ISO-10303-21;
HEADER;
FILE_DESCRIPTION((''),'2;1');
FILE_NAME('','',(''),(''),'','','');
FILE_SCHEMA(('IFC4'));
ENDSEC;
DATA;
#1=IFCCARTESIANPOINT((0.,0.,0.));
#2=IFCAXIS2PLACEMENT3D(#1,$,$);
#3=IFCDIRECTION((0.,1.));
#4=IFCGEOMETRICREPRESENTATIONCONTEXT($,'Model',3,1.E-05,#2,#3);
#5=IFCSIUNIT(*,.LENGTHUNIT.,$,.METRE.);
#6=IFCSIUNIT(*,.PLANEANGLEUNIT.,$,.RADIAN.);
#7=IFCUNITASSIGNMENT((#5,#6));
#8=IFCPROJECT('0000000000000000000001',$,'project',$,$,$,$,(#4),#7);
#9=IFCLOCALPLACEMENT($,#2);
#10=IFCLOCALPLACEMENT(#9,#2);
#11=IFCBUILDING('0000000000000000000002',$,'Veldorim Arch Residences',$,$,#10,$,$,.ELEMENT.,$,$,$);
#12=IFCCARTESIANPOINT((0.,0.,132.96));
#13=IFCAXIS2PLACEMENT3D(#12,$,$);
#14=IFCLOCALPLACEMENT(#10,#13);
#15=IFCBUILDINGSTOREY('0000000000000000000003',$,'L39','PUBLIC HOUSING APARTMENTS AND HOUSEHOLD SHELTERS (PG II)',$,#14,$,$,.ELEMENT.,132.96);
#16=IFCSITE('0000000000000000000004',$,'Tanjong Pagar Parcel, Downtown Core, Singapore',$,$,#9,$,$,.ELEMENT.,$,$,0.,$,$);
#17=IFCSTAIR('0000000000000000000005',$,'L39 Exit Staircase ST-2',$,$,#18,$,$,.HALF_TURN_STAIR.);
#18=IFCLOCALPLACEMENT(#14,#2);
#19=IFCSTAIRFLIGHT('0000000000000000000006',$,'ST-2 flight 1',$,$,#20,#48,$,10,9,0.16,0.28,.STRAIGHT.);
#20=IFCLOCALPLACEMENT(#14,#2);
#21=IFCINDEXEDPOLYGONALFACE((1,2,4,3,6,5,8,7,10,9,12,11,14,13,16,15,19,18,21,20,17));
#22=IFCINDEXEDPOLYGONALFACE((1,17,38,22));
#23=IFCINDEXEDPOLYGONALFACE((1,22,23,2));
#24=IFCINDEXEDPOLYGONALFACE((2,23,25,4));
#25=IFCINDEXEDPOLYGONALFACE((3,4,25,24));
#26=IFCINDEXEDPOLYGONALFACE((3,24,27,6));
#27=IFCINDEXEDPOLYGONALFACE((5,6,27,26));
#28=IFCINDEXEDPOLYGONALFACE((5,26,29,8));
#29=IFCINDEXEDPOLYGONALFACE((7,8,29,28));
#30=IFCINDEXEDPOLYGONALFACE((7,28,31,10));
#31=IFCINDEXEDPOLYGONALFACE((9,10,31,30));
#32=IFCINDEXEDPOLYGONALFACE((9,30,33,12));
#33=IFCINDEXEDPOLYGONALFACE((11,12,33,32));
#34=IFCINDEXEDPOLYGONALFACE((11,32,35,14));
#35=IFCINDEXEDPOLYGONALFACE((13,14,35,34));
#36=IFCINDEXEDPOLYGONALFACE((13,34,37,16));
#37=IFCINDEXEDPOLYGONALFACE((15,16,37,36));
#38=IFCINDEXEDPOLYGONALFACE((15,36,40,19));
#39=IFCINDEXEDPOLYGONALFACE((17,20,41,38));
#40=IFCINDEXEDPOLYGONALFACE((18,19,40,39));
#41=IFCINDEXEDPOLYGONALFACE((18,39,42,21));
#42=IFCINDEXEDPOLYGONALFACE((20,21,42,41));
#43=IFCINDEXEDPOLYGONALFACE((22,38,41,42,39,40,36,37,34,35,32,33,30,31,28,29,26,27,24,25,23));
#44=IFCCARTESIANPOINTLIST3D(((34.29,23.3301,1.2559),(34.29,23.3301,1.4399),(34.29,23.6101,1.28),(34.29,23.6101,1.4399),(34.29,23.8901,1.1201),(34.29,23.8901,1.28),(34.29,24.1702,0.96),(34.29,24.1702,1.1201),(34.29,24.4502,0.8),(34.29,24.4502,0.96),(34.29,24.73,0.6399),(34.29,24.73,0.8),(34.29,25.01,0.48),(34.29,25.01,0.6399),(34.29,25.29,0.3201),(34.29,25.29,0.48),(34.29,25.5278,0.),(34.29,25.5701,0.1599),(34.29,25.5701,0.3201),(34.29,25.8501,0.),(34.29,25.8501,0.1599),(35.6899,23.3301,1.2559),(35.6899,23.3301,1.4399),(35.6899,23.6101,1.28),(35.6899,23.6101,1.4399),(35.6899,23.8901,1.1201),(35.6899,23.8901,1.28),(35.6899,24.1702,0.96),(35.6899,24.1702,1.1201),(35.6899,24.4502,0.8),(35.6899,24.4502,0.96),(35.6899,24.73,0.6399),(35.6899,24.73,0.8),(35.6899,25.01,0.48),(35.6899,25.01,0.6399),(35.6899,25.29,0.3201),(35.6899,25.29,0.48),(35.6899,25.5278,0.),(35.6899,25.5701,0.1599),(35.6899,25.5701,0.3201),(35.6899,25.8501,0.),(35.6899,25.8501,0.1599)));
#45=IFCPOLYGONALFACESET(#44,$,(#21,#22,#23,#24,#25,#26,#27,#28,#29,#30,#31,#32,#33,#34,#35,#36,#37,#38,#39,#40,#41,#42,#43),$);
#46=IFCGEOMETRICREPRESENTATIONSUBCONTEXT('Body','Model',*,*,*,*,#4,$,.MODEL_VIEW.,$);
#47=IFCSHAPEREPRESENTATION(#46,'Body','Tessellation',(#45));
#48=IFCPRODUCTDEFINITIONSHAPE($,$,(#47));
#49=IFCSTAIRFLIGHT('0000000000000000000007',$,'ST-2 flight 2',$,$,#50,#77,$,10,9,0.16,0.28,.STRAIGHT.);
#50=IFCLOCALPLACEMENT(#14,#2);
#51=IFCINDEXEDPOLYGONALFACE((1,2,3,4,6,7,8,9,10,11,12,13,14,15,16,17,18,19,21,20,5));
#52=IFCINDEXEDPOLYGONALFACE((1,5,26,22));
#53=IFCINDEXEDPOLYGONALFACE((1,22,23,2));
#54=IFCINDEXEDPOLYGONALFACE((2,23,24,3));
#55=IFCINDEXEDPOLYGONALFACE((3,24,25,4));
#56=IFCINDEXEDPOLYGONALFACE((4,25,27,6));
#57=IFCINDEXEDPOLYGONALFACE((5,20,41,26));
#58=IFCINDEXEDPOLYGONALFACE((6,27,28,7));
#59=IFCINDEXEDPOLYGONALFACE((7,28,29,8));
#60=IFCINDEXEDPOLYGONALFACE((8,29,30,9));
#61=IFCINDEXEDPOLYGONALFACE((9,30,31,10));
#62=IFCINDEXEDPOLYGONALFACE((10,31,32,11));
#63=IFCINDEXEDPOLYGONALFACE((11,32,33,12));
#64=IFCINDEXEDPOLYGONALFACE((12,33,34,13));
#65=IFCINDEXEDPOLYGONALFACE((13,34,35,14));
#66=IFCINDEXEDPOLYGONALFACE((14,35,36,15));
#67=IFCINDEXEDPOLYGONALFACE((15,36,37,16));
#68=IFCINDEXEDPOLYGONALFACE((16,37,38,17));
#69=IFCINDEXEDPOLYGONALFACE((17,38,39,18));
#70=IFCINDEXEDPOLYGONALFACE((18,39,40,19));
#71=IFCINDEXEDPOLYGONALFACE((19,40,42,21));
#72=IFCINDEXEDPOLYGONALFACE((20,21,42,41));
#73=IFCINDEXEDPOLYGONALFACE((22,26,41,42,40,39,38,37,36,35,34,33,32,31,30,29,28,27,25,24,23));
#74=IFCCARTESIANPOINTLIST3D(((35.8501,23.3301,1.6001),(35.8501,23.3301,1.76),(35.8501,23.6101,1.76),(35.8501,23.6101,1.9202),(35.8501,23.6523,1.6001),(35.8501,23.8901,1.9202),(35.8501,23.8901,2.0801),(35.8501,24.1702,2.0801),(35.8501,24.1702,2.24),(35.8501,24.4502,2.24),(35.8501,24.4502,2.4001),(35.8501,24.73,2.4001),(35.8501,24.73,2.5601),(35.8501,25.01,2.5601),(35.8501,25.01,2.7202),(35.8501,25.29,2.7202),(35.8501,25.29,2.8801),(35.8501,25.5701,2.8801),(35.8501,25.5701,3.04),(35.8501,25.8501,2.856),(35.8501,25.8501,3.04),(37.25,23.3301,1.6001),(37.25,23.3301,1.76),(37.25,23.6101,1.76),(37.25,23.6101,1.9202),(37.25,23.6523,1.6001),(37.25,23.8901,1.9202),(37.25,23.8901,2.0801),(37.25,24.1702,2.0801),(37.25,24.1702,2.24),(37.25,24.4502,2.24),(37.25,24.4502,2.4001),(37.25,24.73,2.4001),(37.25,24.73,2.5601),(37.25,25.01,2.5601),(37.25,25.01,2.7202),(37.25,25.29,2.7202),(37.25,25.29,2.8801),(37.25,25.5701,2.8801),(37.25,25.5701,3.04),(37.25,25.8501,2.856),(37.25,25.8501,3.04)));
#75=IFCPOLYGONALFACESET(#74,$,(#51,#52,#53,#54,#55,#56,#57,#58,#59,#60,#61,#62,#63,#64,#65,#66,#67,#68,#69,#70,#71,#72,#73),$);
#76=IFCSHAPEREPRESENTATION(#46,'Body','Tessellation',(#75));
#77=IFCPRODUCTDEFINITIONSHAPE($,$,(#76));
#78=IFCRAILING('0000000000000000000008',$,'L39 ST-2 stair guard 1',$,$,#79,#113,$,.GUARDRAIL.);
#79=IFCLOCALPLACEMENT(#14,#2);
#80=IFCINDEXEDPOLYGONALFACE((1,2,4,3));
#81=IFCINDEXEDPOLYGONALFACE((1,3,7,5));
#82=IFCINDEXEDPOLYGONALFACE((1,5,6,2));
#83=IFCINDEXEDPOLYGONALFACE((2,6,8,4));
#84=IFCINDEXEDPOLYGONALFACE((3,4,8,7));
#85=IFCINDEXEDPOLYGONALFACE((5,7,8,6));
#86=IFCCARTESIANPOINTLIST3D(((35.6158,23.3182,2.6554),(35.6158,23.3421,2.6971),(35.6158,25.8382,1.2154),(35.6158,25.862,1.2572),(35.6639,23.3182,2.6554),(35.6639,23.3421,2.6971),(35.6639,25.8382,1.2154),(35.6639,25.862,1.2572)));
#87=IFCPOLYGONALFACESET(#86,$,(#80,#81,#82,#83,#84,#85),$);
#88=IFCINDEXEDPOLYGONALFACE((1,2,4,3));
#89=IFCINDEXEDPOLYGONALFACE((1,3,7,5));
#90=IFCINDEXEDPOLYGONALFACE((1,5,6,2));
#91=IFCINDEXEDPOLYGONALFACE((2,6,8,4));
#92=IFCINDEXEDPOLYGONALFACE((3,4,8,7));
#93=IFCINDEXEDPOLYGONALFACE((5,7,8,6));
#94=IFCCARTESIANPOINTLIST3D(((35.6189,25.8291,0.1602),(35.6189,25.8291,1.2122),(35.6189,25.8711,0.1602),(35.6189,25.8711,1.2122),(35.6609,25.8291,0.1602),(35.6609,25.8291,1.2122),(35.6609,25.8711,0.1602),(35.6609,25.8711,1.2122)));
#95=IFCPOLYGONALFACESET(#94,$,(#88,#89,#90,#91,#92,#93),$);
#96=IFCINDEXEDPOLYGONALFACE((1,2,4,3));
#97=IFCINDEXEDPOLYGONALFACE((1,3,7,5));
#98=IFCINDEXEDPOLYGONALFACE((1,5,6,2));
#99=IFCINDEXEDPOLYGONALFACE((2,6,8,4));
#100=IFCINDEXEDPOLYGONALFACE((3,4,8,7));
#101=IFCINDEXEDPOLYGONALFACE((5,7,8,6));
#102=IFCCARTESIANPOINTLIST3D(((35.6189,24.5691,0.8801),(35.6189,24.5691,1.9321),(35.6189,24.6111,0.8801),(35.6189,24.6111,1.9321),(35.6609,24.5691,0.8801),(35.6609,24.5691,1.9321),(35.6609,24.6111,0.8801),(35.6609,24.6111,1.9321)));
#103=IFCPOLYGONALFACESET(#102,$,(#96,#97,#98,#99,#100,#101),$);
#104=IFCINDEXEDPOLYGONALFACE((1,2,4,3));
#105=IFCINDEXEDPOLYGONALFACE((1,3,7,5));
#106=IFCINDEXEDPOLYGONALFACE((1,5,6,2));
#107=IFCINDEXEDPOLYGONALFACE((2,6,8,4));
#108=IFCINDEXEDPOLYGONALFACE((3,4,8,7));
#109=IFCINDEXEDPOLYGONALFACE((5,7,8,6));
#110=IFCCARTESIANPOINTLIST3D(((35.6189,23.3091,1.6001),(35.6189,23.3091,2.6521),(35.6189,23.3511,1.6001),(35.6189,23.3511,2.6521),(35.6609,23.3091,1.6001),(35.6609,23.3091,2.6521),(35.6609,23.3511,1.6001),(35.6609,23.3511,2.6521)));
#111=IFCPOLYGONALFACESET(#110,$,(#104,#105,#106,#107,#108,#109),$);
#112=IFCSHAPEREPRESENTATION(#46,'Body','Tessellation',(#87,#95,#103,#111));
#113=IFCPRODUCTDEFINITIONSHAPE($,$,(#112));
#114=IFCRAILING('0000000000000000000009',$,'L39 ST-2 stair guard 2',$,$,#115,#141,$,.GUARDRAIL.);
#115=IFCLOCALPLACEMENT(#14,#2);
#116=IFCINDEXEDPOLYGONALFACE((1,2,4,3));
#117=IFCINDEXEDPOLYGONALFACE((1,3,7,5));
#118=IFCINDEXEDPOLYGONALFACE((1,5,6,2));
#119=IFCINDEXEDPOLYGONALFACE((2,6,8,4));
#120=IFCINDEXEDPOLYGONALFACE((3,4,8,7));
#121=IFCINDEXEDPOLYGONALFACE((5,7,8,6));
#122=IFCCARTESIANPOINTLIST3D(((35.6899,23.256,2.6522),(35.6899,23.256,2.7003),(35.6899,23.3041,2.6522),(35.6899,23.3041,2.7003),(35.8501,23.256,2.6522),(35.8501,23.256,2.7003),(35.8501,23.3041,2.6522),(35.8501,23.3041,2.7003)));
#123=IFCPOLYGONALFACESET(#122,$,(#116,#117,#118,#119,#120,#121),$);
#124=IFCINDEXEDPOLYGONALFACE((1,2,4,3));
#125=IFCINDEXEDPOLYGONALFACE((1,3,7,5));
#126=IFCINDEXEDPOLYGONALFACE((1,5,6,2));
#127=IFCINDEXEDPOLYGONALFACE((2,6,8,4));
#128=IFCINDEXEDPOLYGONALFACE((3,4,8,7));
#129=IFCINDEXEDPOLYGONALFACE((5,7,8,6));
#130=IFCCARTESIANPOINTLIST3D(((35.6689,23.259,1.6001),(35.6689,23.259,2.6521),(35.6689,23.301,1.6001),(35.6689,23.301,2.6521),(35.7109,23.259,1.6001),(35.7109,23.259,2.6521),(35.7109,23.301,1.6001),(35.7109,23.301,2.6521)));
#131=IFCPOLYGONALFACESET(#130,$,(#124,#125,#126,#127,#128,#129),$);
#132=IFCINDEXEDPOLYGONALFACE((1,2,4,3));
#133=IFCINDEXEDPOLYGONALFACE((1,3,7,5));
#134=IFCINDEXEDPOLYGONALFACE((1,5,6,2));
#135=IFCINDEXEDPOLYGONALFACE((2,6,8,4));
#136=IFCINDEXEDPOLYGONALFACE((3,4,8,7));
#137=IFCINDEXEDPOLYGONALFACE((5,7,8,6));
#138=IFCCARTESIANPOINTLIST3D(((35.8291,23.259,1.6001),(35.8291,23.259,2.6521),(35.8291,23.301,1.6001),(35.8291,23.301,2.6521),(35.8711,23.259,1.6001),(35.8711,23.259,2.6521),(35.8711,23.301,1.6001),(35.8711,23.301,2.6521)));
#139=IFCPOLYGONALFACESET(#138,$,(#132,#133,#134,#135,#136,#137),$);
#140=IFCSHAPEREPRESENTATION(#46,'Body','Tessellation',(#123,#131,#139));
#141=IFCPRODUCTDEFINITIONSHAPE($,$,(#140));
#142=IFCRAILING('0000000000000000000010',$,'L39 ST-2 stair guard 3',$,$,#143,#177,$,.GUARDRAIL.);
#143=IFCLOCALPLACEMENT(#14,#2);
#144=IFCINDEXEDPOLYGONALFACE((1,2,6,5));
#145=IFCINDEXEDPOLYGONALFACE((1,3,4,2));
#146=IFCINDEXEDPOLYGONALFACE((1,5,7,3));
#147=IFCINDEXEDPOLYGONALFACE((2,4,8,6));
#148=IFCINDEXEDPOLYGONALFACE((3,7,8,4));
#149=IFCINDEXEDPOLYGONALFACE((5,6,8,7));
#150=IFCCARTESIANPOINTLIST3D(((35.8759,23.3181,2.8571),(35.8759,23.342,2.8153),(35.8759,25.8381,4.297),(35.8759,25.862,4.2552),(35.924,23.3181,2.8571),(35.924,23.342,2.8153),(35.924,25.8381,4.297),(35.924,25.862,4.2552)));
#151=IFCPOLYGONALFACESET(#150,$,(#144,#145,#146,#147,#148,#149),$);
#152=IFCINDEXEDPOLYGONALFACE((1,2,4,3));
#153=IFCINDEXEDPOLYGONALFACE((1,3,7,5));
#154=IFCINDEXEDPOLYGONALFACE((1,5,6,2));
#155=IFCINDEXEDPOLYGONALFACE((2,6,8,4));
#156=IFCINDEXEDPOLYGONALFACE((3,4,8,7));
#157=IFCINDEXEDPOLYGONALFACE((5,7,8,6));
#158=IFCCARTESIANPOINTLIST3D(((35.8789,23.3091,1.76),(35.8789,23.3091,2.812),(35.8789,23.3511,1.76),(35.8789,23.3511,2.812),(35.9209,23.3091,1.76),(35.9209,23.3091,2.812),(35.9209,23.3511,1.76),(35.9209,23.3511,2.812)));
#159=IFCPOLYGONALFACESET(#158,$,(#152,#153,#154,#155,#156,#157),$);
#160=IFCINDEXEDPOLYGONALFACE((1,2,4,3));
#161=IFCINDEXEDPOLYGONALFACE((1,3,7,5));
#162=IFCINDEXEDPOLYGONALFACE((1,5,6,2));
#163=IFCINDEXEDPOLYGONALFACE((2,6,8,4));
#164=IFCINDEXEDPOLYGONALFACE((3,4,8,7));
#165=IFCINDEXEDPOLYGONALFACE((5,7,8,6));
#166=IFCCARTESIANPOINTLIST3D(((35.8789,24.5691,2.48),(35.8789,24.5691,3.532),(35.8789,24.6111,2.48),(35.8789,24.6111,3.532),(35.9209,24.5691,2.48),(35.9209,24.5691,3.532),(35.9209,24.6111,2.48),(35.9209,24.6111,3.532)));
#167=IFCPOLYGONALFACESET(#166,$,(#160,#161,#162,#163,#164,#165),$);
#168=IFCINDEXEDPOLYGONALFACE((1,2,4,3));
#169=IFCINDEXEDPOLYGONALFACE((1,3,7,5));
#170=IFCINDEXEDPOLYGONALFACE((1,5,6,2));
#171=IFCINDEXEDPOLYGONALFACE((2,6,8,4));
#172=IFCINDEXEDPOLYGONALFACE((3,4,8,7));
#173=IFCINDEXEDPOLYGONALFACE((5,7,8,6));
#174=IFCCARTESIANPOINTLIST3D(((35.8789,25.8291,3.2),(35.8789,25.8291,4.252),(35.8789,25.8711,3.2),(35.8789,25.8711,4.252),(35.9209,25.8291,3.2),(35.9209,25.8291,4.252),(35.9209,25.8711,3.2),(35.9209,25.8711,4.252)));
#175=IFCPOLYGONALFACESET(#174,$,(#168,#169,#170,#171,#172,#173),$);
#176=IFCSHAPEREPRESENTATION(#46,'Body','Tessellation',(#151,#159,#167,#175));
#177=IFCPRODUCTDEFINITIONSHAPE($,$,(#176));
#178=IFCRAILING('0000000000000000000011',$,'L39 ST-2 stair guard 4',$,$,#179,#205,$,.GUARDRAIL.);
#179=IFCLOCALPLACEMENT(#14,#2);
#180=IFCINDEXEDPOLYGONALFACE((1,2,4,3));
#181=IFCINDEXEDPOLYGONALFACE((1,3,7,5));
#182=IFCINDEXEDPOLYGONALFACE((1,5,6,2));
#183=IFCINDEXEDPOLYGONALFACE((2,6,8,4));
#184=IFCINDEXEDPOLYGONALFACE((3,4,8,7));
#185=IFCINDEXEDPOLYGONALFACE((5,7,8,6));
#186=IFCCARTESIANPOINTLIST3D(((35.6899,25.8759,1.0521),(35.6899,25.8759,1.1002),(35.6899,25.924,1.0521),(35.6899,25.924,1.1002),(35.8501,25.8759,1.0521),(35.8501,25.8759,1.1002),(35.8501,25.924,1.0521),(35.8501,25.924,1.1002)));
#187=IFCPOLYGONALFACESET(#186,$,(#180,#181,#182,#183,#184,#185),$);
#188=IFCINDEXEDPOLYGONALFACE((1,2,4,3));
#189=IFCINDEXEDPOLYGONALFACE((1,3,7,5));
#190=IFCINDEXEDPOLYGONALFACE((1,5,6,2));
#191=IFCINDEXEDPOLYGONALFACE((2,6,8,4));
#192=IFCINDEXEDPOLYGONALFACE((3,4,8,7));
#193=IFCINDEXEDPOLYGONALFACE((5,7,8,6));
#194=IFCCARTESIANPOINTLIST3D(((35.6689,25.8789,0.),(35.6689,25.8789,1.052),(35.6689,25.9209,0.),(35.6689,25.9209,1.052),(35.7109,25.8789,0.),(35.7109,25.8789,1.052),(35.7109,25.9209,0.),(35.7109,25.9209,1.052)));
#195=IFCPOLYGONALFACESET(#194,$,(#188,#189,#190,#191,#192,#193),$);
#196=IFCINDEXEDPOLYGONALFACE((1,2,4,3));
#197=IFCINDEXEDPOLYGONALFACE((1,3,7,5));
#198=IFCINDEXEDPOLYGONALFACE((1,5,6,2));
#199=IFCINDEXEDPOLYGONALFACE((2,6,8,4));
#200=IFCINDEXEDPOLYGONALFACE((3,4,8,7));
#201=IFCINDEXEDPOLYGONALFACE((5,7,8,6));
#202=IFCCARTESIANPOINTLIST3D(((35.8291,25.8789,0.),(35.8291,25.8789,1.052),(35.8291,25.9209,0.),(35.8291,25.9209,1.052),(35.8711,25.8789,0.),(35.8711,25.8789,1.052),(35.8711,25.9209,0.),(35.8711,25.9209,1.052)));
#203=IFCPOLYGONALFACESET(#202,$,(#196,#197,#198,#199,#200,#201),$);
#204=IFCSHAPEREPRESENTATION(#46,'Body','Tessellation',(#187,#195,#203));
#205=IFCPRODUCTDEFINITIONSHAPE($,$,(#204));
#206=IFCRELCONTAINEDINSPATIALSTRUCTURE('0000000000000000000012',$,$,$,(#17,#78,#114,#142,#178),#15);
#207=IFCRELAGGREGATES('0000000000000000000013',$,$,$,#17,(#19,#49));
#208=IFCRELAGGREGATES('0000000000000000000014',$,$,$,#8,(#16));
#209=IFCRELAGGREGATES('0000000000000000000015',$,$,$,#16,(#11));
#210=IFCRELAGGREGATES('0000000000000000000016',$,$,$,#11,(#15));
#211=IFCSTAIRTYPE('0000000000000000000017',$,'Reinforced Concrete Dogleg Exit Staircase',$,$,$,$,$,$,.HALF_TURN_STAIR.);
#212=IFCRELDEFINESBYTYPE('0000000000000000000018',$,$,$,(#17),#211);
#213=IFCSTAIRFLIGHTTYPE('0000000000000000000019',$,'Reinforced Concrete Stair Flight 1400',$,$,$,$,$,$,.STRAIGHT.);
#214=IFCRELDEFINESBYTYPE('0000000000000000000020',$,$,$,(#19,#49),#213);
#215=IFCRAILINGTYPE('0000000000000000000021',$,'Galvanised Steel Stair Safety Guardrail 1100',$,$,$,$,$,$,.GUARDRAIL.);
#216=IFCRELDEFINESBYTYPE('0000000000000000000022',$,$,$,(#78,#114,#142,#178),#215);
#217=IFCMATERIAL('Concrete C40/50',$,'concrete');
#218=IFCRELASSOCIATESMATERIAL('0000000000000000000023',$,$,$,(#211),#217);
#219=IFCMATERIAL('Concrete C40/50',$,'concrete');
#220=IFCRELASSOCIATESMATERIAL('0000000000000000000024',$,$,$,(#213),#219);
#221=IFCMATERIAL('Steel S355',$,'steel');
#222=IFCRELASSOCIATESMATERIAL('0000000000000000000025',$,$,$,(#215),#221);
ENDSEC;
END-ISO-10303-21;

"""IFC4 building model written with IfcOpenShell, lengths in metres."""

from ifc_helpers import new_model, si_unit, direction, frame, origin, origin_2d, place, context, subcontext, project, spatial, polyline, rectangle, outline, extrude, material, type_object, element, aggregate, save


model = new_model("IFC4")

# Units and contexts
model_context = context("Model", 3, precision=1e-05, world=origin(), true_north=direction((0.0, 1.0)))
body_context = subcontext(model_context, "Body", "Model", "MODEL_VIEW")
ifc_project = project(units=[si_unit("LENGTHUNIT", "METRE"), si_unit("PLANEANGLEUNIT", "RADIAN")], contexts=[model_context])

# Site, building, storey
site_placement = place(None, origin())
site = spatial("IfcSite", under=ifc_project, at=site_placement, Name="Tanjong Pagar Parcel, Downtown Core, Singapore", CompositionType="ELEMENT", RefElevation=0.0)
building_placement = place(site_placement, origin())
building = spatial("IfcBuilding", under=site, at=building_placement, Name="Veldorim Arch Residences", CompositionType="ELEMENT")
storey_placement = place(building_placement, frame((0.0, 0.0, 132.96)))
storey = spatial("IfcBuildingStorey", under=building, at=storey_placement, Name="L39", Description="PUBLIC HOUSING APARTMENTS AND HOUSEHOLD SHELTERS (PG II)", CompositionType="ELEMENT", Elevation=132.96)

# Stair, stair flights
ifc_material_1 = material(Name="Concrete C40/50", Category="concrete")
stair_type = type_object("IfcStairType", Name="Reinforced Concrete Dogleg Exit Staircase", PredefinedType="HALF_TURN_STAIR", material=ifc_material_1)
stair_placement = place(storey_placement, origin())
stair = element("IfcStair", 1, at=stair_placement, inside=storey, type_object=stair_type, Name="L39 Exit Staircase ST-2", PredefinedType="HALF_TURN_STAIR")
ifc_material_2 = material(Name="Concrete C40/50", Category="concrete")
stair_flight_type = type_object("IfcStairFlightType", Name="Reinforced Concrete Stair Flight 1400", PredefinedType="STRAIGHT", material=ifc_material_2)
stair_flight_1_placement = place(storey_placement, frame((34.99, 25.8501, 0.0), z_axis=(0.0, 0.0, 1.0), x_axis=(0.0, -1.0, 0.0)))
stair_flight_1 = element("IfcStairFlight", 2, at=stair_flight_1_placement, type_object=stair_flight_type, Name="ST-2 flight 1", NumberOfRisers=10, NumberOfTreads=9, PredefinedType="STRAIGHT", RiserHeight=0.16, TreadLength=0.28, context=body_context, shape_type="SweptSolid", body=[
    extrude(outline(polyline([(0.0, 0.0), (0.0, 0.1599), (0.28, 0.1599), (0.28, 0.3201), (0.5601, 0.3201), (0.5601, 0.48), (0.8401, 0.48), (0.8401, 0.6399), (1.1201, 0.6399), (1.1201, 0.8), (1.3999, 0.8), (1.3999, 0.96), (1.6799, 0.96), (1.6799, 1.1201), (1.96, 1.1201), (1.96, 1.28), (2.24, 1.28), (2.24, 1.4399), (2.52, 1.4399), (2.52, 1.6001), (2.52, 1.2559), (0.3223, 0.0), (0.0, 0.0)])), frame((0.0, 0.7, 0.0), z_axis=(0.0, -1.0, 0.0), x_axis=(1.0, 0.0, 0.0)), (0.0, 0.0, 1.0), 1.3999),
])
stair_flight_2_placement = place(storey_placement, frame((36.55, 23.3301, 1.6001), z_axis=(0.0, 0.0, 1.0), x_axis=(0.0, 1.0, 0.0)))
stair_flight_2 = element("IfcStairFlight", 3, at=stair_flight_2_placement, type_object=stair_flight_type, Name="ST-2 flight 2", NumberOfRisers=10, NumberOfTreads=9, PredefinedType="STRAIGHT", RiserHeight=0.16, TreadLength=0.28, context=body_context, shape_type="SweptSolid", body=[
    extrude(outline(polyline([(0.0, 0.0), (0.0, 0.1599), (0.28, 0.1599), (0.28, 0.3201), (0.5601, 0.3201), (0.5601, 0.48), (0.8401, 0.48), (0.8401, 0.6399), (1.1201, 0.6399), (1.1201, 0.8), (1.3999, 0.8), (1.3999, 0.96), (1.6799, 0.96), (1.6799, 1.1201), (1.96, 1.1201), (1.96, 1.28), (2.24, 1.28), (2.24, 1.4399), (2.52, 1.4399), (2.52, 1.6001), (2.52, 1.2559), (0.3223, 0.0), (0.0, 0.0)])), frame((0.0, 0.7, 0.0), z_axis=(0.0, -1.0, 0.0), x_axis=(1.0, 0.0, 0.0)), (0.0, 0.0, 1.0), 1.3999),
])
aggregate(stair, [stair_flight_1, stair_flight_2])

# Railings
ifc_material_3 = material(Name="Steel S355", Category="steel")
railing_type_1 = type_object("IfcRailingType", Name="Galvanised Steel Stair Safety Guardrail 1100", PredefinedType="GUARDRAIL", material=ifc_material_3)
railing_1_placement = place(storey_placement, frame((35.6399, 25.8501, 0.1602)))
element("IfcRailing", 4, at=railing_1_placement, inside=storey, type_object=railing_type_1, Name="L39 ST-2 stair guard 1", PredefinedType="GUARDRAIL", context=body_context, shape_type="SweptSolid", body=[
    extrude(rectangle(XDim=0.0481, YDim=0.0481, at=origin_2d()), frame((0.0, 0.0, 1.0762), z_axis=(0.0, -0.868253, 0.496121), x_axis=(1.0, 0.0, 0.0)), (0.0, 0.0, 1.0), 2.9023),
    extrude(rectangle(XDim=0.042, YDim=0.042, at=origin_2d()), origin(), (0.0, 0.0, 1.0), 1.052),
    extrude(rectangle(XDim=0.042, YDim=0.042, at=origin_2d()), frame((0.0, -1.26, 0.72)), (0.0, 0.0, 1.0), 1.052),
    extrude(rectangle(XDim=0.042, YDim=0.042, at=origin_2d()), frame((0.0, -2.52, 1.4399)), (0.0, 0.0, 1.0), 1.052),
])
railing_2_placement = place(storey_placement, frame((35.6899, 23.28, 1.6001)))
element("IfcRailing", 5, at=railing_2_placement, inside=storey, type_object=railing_type_1, Name="L39 ST-2 stair guard 2", PredefinedType="GUARDRAIL", context=body_context, shape_type="SweptSolid", body=[
    extrude(rectangle(XDim=0.0481, YDim=0.0481, at=origin_2d()), frame((0.0, 0.0, 1.0762), z_axis=(1.0, 0.0, 0.0), x_axis=(0.0, 1.0, 0.0)), (0.0, 0.0, 1.0), 0.1602),
    extrude(rectangle(XDim=0.042, YDim=0.042, at=origin_2d()), origin(), (0.0, 0.0, 1.0), 1.052),
    extrude(rectangle(XDim=0.042, YDim=0.042, at=origin_2d()), frame((0.1602, 0.0, 0.0)), (0.0, 0.0, 1.0), 1.052),
])
railing_3_placement = place(storey_placement, frame((35.8999, 23.3301, 1.76)))
element("IfcRailing", 6, at=railing_3_placement, inside=storey, type_object=railing_type_1, Name="L39 ST-2 stair guard 3", PredefinedType="GUARDRAIL", context=body_context, shape_type="SweptSolid", body=[
    extrude(rectangle(XDim=0.0481, YDim=0.0481, at=origin_2d()), frame((0.0, 0.0, 1.0762), z_axis=(0.0, 0.868253, 0.496121), x_axis=(-1.0, 0.0, 0.0)), (0.0, 0.0, 1.0), 2.9023),
    extrude(rectangle(XDim=0.042, YDim=0.042, at=origin_2d()), origin(), (0.0, 0.0, 1.0), 1.052),
    extrude(rectangle(XDim=0.042, YDim=0.042, at=origin_2d()), frame((0.0, 1.26, 0.72)), (0.0, 0.0, 1.0), 1.052),
    extrude(rectangle(XDim=0.042, YDim=0.042, at=origin_2d()), frame((0.0, 2.52, 1.4399)), (0.0, 0.0, 1.0), 1.052),
])
railing_4_placement = place(storey_placement, frame((35.6899, 25.8999, 0.0)))
element("IfcRailing", 7, at=railing_4_placement, inside=storey, type_object=railing_type_1, Name="L39 ST-2 stair guard 4", PredefinedType="GUARDRAIL", context=body_context, shape_type="SweptSolid", body=[
    extrude(rectangle(XDim=0.0481, YDim=0.0481, at=origin_2d()), frame((0.0, 0.0, 1.0762), z_axis=(1.0, 0.0, 0.0), x_axis=(0.0, 1.0, 0.0)), (0.0, 0.0, 1.0), 0.1602),
    extrude(rectangle(XDim=0.042, YDim=0.042, at=origin_2d()), origin(), (0.0, 0.0, 1.0), 1.052),
    extrude(rectangle(XDim=0.042, YDim=0.042, at=origin_2d()), frame((0.1602, 0.0, 0.0)), (0.0, 0.0, 1.0), 1.052),
])

save(model, "model.ifc")
